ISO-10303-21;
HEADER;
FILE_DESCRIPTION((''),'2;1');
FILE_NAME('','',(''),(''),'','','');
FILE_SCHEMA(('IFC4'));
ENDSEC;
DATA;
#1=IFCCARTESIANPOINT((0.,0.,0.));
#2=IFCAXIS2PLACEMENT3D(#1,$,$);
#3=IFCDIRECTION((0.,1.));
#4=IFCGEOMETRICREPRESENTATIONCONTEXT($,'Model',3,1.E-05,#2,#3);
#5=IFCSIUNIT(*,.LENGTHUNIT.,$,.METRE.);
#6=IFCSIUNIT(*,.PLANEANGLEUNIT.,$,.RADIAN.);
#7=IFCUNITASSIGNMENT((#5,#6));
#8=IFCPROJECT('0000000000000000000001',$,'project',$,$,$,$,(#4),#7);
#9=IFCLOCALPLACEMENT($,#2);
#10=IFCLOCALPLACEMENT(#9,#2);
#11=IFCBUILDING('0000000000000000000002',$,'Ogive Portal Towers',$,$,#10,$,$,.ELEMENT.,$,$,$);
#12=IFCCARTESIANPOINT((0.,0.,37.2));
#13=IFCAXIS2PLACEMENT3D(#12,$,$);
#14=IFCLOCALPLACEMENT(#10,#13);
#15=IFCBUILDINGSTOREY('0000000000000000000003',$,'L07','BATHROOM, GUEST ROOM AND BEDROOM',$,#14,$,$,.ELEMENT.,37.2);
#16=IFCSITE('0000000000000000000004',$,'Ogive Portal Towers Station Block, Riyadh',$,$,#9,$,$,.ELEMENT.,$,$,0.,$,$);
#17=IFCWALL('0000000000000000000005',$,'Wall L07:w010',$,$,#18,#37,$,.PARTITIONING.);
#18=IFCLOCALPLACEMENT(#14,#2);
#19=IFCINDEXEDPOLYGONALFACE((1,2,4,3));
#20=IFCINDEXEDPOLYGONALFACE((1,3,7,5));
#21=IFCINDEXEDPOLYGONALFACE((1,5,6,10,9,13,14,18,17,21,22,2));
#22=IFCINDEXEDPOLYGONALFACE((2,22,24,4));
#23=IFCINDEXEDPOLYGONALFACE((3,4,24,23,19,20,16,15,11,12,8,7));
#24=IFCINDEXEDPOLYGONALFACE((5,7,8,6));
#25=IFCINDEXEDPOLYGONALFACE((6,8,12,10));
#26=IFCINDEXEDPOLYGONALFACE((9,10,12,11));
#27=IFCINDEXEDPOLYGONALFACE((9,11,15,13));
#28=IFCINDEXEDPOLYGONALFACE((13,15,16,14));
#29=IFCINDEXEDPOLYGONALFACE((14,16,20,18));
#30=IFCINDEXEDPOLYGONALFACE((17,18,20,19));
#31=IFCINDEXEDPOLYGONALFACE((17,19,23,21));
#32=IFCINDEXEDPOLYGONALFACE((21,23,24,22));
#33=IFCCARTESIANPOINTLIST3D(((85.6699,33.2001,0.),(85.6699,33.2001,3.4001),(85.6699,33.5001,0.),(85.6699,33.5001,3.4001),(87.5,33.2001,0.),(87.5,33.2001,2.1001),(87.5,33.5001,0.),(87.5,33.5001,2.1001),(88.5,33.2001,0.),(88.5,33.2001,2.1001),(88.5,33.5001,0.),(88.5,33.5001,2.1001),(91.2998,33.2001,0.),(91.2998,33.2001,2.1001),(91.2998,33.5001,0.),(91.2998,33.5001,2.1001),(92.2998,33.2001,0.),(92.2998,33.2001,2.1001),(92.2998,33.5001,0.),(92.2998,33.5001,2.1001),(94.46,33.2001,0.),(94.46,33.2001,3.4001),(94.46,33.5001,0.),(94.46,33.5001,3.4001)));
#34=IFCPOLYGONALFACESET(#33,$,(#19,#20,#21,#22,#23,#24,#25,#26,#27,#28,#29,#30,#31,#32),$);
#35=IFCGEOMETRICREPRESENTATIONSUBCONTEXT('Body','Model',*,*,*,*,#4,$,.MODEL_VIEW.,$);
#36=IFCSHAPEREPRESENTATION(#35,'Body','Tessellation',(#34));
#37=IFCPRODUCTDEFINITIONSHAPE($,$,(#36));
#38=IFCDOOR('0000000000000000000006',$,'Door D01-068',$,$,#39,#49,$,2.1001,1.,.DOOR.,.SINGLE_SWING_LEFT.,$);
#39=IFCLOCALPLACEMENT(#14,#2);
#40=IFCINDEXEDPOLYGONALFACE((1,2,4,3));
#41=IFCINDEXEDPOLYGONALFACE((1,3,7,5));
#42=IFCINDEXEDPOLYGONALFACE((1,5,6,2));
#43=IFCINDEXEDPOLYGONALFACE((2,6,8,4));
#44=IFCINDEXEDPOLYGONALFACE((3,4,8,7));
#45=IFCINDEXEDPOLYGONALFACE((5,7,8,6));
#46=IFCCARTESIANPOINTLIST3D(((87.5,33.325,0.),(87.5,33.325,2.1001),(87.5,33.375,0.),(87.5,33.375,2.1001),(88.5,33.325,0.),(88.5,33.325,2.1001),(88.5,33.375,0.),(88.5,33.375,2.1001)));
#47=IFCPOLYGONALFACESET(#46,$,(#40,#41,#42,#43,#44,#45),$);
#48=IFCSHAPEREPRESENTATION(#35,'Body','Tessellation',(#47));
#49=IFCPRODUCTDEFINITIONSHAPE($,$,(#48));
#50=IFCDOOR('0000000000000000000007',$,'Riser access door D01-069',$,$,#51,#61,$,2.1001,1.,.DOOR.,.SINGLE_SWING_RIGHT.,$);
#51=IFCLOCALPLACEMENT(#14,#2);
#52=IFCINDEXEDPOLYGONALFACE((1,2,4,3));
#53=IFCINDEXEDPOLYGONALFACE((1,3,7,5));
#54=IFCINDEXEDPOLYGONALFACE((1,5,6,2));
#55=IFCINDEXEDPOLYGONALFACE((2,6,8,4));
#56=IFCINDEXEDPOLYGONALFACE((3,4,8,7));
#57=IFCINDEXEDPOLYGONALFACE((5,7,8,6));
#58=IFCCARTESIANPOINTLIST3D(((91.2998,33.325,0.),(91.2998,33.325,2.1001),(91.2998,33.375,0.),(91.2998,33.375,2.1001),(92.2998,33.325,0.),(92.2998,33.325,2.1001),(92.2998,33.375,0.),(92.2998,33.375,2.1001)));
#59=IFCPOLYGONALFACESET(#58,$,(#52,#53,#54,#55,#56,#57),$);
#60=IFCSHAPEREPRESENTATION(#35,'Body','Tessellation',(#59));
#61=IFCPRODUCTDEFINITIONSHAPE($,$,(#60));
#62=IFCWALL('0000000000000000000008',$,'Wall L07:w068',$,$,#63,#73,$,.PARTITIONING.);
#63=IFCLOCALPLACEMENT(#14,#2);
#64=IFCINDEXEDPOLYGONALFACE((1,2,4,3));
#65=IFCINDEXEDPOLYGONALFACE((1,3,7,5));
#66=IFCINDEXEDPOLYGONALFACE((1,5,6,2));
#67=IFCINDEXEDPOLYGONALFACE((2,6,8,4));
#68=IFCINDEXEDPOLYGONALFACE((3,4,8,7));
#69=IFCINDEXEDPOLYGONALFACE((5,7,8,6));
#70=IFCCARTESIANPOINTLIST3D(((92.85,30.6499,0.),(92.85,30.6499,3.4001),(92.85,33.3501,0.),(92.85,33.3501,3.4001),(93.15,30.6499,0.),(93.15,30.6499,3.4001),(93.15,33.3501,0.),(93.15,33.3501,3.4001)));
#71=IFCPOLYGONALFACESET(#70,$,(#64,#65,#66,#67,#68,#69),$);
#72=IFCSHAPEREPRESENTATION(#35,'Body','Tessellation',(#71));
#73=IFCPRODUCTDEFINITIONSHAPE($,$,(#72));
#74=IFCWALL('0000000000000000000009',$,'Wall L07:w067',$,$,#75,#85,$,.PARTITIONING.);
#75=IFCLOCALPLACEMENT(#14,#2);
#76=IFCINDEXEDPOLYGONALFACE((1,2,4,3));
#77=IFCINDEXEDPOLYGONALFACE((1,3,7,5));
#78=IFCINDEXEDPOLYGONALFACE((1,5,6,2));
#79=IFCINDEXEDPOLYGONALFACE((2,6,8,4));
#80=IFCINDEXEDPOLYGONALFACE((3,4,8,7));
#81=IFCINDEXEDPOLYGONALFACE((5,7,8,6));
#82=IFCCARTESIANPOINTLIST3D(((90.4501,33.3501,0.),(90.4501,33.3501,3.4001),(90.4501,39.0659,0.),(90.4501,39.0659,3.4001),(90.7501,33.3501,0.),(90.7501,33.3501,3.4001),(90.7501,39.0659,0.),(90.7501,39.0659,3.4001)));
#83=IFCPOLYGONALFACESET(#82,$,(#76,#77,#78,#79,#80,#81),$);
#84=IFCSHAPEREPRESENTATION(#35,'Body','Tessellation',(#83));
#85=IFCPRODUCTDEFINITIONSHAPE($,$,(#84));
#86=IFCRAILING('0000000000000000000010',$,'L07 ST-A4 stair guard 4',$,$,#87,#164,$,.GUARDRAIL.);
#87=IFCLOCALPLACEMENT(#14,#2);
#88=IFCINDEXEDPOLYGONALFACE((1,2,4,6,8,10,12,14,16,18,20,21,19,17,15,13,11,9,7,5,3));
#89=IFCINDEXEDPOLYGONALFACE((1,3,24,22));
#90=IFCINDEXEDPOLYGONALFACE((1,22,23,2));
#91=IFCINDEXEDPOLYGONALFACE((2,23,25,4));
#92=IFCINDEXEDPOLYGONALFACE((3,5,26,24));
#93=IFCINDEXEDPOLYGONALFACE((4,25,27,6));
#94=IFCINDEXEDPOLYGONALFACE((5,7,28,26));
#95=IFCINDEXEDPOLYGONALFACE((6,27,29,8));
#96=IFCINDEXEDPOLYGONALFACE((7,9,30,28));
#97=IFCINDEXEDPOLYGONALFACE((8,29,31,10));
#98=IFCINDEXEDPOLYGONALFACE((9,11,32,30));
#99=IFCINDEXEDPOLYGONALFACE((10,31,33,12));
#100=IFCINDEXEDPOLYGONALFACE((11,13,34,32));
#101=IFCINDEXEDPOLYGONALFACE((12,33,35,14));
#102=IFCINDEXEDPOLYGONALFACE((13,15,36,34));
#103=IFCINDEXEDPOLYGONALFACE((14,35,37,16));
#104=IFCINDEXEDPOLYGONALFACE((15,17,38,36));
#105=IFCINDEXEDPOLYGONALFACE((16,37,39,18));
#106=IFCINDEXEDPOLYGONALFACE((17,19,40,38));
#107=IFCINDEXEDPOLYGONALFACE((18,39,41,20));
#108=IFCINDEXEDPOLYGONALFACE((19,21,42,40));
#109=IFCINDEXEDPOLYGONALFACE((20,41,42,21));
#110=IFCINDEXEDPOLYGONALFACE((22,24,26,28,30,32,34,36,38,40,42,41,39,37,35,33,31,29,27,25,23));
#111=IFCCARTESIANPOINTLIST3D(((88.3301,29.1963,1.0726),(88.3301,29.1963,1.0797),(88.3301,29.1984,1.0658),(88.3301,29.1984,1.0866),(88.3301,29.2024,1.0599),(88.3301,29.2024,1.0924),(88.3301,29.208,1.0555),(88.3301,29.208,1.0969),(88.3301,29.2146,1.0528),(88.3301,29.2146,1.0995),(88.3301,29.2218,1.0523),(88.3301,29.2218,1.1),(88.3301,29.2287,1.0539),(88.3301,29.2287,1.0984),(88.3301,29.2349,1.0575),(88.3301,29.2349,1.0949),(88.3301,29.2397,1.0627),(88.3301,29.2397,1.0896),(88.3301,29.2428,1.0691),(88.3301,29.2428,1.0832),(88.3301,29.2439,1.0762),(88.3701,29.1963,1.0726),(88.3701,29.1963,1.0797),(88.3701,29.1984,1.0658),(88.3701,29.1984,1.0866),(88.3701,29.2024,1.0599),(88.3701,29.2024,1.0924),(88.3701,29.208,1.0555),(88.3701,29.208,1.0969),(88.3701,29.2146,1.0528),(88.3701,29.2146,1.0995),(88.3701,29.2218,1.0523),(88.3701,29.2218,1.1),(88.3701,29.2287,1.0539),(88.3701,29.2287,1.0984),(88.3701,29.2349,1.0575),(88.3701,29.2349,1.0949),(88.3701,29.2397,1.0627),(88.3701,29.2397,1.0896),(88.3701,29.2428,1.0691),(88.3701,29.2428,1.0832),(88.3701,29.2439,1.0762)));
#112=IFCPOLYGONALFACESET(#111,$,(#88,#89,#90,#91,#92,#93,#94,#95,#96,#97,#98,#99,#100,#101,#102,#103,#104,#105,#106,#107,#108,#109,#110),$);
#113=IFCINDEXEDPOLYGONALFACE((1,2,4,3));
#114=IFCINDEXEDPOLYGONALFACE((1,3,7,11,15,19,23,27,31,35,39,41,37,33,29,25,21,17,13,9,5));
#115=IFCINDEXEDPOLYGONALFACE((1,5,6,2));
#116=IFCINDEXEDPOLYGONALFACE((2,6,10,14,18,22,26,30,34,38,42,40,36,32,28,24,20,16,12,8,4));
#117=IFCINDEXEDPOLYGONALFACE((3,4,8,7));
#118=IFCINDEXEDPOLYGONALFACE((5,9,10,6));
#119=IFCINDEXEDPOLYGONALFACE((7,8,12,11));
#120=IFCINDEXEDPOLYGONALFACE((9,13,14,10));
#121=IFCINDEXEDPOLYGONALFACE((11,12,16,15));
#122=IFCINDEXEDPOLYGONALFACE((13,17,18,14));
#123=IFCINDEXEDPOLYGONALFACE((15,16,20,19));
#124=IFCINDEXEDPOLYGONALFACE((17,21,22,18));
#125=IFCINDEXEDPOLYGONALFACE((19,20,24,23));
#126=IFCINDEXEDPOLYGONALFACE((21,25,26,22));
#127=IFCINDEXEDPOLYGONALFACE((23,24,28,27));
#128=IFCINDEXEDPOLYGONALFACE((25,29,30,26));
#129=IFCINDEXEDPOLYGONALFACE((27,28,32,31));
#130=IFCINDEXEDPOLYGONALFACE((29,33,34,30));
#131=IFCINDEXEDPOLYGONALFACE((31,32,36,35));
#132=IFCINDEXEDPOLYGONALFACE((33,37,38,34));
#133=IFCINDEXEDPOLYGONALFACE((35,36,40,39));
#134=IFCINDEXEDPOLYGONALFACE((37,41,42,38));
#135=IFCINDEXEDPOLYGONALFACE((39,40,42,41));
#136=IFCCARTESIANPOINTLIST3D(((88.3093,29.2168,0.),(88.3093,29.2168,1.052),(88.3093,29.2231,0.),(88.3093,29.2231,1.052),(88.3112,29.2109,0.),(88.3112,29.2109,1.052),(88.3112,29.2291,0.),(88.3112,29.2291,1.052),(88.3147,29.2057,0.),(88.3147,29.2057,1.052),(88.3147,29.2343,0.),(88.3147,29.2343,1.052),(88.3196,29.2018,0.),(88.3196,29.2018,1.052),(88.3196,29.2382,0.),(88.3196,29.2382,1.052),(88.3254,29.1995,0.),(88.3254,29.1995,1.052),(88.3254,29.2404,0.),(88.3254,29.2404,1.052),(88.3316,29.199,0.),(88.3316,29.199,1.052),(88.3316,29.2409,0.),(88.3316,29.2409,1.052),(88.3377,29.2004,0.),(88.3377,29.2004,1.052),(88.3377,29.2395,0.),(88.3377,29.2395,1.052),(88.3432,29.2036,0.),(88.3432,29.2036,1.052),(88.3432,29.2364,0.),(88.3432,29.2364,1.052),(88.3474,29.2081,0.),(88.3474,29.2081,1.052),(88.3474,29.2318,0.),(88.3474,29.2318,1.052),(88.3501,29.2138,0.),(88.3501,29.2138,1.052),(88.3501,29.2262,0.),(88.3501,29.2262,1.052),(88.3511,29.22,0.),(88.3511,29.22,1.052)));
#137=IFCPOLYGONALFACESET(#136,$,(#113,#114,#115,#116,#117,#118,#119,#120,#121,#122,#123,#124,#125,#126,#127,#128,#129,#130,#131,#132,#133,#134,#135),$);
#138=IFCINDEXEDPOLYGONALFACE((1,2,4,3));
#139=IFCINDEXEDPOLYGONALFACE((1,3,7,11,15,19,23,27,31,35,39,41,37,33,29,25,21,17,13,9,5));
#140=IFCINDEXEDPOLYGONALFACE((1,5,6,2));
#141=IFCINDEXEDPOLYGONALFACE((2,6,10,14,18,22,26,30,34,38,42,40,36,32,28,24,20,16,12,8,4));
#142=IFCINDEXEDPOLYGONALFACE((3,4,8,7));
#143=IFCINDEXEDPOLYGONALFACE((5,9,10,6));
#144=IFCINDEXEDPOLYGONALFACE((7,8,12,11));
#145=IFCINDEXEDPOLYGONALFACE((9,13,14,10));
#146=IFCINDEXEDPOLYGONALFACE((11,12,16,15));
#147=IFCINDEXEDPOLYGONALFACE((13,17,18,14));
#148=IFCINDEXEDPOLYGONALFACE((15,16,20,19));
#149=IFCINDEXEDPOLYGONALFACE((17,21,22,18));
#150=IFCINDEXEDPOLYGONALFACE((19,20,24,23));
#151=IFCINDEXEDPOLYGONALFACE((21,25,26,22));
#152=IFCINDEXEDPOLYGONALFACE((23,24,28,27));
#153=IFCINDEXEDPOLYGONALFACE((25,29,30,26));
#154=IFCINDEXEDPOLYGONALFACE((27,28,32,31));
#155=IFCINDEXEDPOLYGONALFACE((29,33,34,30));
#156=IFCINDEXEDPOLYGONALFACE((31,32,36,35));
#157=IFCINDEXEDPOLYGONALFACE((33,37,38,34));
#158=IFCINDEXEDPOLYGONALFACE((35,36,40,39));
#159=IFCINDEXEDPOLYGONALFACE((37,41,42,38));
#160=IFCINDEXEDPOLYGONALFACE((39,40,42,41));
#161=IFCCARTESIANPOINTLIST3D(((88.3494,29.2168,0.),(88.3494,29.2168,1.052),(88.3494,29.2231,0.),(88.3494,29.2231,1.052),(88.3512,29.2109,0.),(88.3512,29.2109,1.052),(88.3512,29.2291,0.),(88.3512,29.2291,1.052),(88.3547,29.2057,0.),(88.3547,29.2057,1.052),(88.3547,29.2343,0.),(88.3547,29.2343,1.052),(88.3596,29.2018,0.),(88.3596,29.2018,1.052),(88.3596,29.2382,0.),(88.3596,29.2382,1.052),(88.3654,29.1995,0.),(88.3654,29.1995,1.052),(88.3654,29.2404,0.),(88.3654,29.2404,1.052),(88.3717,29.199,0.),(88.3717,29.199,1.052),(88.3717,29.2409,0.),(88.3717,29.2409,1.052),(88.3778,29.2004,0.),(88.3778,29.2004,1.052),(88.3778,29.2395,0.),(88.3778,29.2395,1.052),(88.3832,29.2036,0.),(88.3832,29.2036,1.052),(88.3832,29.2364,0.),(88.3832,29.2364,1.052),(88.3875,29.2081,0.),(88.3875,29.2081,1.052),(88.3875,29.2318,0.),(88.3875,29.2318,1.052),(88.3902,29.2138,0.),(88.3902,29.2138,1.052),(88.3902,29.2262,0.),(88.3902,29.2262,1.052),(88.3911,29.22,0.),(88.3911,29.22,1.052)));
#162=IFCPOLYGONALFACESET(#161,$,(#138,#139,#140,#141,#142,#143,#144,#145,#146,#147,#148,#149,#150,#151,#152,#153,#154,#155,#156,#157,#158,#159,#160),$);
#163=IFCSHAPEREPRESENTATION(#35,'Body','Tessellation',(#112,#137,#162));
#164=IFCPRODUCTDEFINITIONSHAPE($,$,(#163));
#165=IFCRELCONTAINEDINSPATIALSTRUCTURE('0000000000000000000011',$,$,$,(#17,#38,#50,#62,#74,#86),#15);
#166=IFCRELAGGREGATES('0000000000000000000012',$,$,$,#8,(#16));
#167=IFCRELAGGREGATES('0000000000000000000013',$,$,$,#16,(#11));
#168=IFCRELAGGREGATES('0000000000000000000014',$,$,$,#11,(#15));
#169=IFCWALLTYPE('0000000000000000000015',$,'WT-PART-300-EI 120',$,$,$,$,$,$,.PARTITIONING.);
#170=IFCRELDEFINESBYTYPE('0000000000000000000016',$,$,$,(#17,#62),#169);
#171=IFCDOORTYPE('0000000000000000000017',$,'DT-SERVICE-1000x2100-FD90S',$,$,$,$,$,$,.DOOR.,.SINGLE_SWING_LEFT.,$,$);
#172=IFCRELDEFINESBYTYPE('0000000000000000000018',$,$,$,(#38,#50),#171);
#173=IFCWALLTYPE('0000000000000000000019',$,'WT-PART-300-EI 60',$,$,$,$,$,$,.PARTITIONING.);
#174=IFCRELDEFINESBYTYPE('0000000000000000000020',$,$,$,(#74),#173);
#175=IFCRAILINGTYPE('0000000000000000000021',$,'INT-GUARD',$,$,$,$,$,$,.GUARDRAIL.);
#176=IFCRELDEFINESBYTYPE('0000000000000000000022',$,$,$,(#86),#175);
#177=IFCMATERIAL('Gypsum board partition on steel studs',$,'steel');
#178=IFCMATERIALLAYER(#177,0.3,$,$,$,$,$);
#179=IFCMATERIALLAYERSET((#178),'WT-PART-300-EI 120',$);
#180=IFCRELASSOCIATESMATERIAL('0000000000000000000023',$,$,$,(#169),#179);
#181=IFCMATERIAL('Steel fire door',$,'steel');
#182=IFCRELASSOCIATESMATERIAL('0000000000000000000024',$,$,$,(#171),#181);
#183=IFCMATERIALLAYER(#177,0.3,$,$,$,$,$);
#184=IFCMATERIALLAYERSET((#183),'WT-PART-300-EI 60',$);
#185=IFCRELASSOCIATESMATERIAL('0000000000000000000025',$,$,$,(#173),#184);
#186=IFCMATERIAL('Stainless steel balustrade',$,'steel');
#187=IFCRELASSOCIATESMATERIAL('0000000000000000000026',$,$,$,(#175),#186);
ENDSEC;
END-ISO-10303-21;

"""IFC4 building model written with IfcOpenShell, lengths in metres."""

from ifc_helpers import new_model, si_unit, direction, frame, frame_2d, origin, origin_2d, place, context, subcontext, project, spatial, rectangle, circle, extrude, material, layer, layer_set, type_object, element, fill, save


model = new_model("IFC4")

# Units and contexts
model_context = context("Model", 3, precision=1e-05, world=origin(), true_north=direction((0.0, 1.0)))
body_context = subcontext(model_context, "Body", "Model", "MODEL_VIEW")
ifc_project = project(units=[si_unit("LENGTHUNIT", "METRE"), si_unit("PLANEANGLEUNIT", "RADIAN")], contexts=[model_context])

# Site, building, storey
site_placement = place(None, origin())
site = spatial("IfcSite", under=ifc_project, at=site_placement, Name="Ogive Portal Towers Station Block, Riyadh", CompositionType="ELEMENT", RefElevation=0.0)
building_placement = place(site_placement, origin())
building = spatial("IfcBuilding", under=site, at=building_placement, Name="Ogive Portal Towers", CompositionType="ELEMENT")
storey_placement = place(building_placement, frame((0.0, 0.0, 37.2)))
storey = spatial("IfcBuildingStorey", under=building, at=storey_placement, Name="L07", Description="BATHROOM, GUEST ROOM AND BEDROOM", CompositionType="ELEMENT", Elevation=37.2)

# Wall, openings, doors
ifc_material_1 = material(Name="Gypsum board partition on steel studs", Category="steel")
ifc_layer_1 = layer(ifc_material_1, 0.3)
ifc_layer_set_1 = layer_set([ifc_layer_1], Name="WT-PART-300-EI 120")
wall_type_1 = type_object("IfcWallType", Name="WT-PART-300-EI 120", PredefinedType="PARTITIONING", material=ifc_layer_set_1)
wall_1_placement = place(storey_placement, frame((85.6699, 33.3501, 0.0), z_axis=(0.0, 0.0, 1.0), x_axis=(1.0, 0.0, 0.0)))
wall_1 = element("IfcWall", 1, at=wall_1_placement, inside=storey, type_object=wall_type_1, Name="Wall L07:w010", PredefinedType="PARTITIONING", context=body_context, shape_type="SweptSolid", body=[
    extrude(rectangle(XDim=8.79, YDim=0.3, at=frame_2d((4.395, 0.0))), origin(), (0.0, 0.0, 1.0), 3.4001),
])
opening_1_placement = place(wall_1_placement, frame((1.8301, 0.0, 0.0)))
opening_1 = element("IfcOpeningElement", 2, at=opening_1_placement, cuts=wall_1, PredefinedType="OPENING", context=body_context, shape_type="SweptSolid", body=[
    extrude(rectangle(XDim=1.0, YDim=2.1001, at=frame_2d((0.5, 1.05))), frame((0.0, 0.1602, 0.0), z_axis=(0.0, -1.0, 0.0), x_axis=(1.0, 0.0, 0.0)), (0.0, 0.0, 1.0), 0.3201),
])
opening_2_placement = place(wall_1_placement, frame((5.6299, 0.0, 0.0)))
opening_2 = element("IfcOpeningElement", 3, at=opening_2_placement, cuts=wall_1, PredefinedType="OPENING", context=body_context, shape_type="SweptSolid", body=[
    extrude(rectangle(XDim=1.0, YDim=2.1001, at=frame_2d((0.5, 1.05))), frame((0.0, 0.1602, 0.0), z_axis=(0.0, -1.0, 0.0), x_axis=(1.0, 0.0, 0.0)), (0.0, 0.0, 1.0), 0.3201),
])
ifc_material_2 = material(Name="Steel fire door", Category="steel")
door_type = type_object("IfcDoorType", Name="DT-SERVICE-1000x2100-FD90S", OperationType="SINGLE_SWING_LEFT", PredefinedType="DOOR", material=ifc_material_2)
door_1_placement = place(opening_1_placement, origin())
door_1 = element("IfcDoor", 4, at=door_1_placement, inside=storey, type_object=door_type, Name="Door D01-068", OperationType="SINGLE_SWING_LEFT", OverallHeight=2.1001, OverallWidth=1.0, PredefinedType="DOOR", context=body_context, shape_type="SweptSolid", body=[
    extrude(rectangle(XDim=1.0, YDim=2.1001, at=frame_2d((0.5, 1.05))), frame((0.0, 0.0249, 0.0), z_axis=(0.0, -1.0, 0.0), x_axis=(1.0, 0.0, 0.0)), (0.0, 0.0, 1.0), 0.05),
])
fill(opening_1, door_1)
door_2_placement = place(opening_2_placement, origin())
door_2 = element("IfcDoor", 5, at=door_2_placement, inside=storey, type_object=door_type, Name="Riser access door D01-069", OperationType="SINGLE_SWING_RIGHT", OverallHeight=2.1001, OverallWidth=1.0, PredefinedType="DOOR", context=body_context, shape_type="SweptSolid", body=[
    extrude(rectangle(XDim=1.0, YDim=2.1001, at=frame_2d((0.5, 1.05))), frame((0.0, 0.0249, 0.0), z_axis=(0.0, -1.0, 0.0), x_axis=(1.0, 0.0, 0.0)), (0.0, 0.0, 1.0), 0.05),
])
fill(opening_2, door_2)

# Walls
wall_2_placement = place(storey_placement, frame((93.0, 30.6499, 0.0), z_axis=(0.0, 0.0, 1.0), x_axis=(0.0, 1.0, 0.0)))
element("IfcWall", 6, at=wall_2_placement, inside=storey, type_object=wall_type_1, Name="Wall L07:w068", PredefinedType="PARTITIONING", context=body_context, shape_type="SweptSolid", body=[
    extrude(rectangle(XDim=2.7002, YDim=0.3, at=frame_2d((1.3501, 0.0))), origin(), (0.0, 0.0, 1.0), 3.4001),
])
ifc_layer_2 = layer(ifc_material_1, 0.3)
ifc_layer_set_2 = layer_set([ifc_layer_2], Name="WT-PART-300-EI 60")
wall_type_2 = type_object("IfcWallType", Name="WT-PART-300-EI 60", PredefinedType="PARTITIONING", material=ifc_layer_set_2)
wall_3_placement = place(storey_placement, frame((90.6001, 33.3501, 0.0), z_axis=(0.0, 0.0, 1.0), x_axis=(0.0, 1.0, 0.0)))
element("IfcWall", 7, at=wall_3_placement, inside=storey, type_object=wall_type_2, Name="Wall L07:w067", PredefinedType="PARTITIONING", context=body_context, shape_type="SweptSolid", body=[
    extrude(rectangle(XDim=5.7158, YDim=0.3, at=frame_2d((2.8579, 0.0))), origin(), (0.0, 0.0, 1.0), 3.4001),
])

# Railing
ifc_material_3 = material(Name="Stainless steel balustrade", Category="steel")
railing_type = type_object("IfcRailingType", Name="INT-GUARD", PredefinedType="GUARDRAIL", material=ifc_material_3)
railing_placement = place(storey_placement, frame((88.3301, 29.22, 0.0)))
element("IfcRailing", 8, at=railing_placement, inside=storey, type_object=railing_type, Name="L07 ST-A4 stair guard 4", PredefinedType="GUARDRAIL", context=body_context, shape_type="SweptSolid", body=[
    extrude(circle(Radius=0.0239, at=origin_2d()), frame((0.0, 0.0, 1.0762), z_axis=(1.0, 0.0, 0.0), x_axis=(0.0, 1.0, 0.0)), (0.0, 0.0, 1.0), 0.04),
    extrude(circle(Radius=0.021, at=origin_2d()), origin(), (0.0, 0.0, 1.0), 1.052),
    extrude(circle(Radius=0.021, at=origin_2d()), frame((0.04, 0.0, 0.0)), (0.0, 0.0, 1.0), 1.052),
])

save(model, "model.ifc")
